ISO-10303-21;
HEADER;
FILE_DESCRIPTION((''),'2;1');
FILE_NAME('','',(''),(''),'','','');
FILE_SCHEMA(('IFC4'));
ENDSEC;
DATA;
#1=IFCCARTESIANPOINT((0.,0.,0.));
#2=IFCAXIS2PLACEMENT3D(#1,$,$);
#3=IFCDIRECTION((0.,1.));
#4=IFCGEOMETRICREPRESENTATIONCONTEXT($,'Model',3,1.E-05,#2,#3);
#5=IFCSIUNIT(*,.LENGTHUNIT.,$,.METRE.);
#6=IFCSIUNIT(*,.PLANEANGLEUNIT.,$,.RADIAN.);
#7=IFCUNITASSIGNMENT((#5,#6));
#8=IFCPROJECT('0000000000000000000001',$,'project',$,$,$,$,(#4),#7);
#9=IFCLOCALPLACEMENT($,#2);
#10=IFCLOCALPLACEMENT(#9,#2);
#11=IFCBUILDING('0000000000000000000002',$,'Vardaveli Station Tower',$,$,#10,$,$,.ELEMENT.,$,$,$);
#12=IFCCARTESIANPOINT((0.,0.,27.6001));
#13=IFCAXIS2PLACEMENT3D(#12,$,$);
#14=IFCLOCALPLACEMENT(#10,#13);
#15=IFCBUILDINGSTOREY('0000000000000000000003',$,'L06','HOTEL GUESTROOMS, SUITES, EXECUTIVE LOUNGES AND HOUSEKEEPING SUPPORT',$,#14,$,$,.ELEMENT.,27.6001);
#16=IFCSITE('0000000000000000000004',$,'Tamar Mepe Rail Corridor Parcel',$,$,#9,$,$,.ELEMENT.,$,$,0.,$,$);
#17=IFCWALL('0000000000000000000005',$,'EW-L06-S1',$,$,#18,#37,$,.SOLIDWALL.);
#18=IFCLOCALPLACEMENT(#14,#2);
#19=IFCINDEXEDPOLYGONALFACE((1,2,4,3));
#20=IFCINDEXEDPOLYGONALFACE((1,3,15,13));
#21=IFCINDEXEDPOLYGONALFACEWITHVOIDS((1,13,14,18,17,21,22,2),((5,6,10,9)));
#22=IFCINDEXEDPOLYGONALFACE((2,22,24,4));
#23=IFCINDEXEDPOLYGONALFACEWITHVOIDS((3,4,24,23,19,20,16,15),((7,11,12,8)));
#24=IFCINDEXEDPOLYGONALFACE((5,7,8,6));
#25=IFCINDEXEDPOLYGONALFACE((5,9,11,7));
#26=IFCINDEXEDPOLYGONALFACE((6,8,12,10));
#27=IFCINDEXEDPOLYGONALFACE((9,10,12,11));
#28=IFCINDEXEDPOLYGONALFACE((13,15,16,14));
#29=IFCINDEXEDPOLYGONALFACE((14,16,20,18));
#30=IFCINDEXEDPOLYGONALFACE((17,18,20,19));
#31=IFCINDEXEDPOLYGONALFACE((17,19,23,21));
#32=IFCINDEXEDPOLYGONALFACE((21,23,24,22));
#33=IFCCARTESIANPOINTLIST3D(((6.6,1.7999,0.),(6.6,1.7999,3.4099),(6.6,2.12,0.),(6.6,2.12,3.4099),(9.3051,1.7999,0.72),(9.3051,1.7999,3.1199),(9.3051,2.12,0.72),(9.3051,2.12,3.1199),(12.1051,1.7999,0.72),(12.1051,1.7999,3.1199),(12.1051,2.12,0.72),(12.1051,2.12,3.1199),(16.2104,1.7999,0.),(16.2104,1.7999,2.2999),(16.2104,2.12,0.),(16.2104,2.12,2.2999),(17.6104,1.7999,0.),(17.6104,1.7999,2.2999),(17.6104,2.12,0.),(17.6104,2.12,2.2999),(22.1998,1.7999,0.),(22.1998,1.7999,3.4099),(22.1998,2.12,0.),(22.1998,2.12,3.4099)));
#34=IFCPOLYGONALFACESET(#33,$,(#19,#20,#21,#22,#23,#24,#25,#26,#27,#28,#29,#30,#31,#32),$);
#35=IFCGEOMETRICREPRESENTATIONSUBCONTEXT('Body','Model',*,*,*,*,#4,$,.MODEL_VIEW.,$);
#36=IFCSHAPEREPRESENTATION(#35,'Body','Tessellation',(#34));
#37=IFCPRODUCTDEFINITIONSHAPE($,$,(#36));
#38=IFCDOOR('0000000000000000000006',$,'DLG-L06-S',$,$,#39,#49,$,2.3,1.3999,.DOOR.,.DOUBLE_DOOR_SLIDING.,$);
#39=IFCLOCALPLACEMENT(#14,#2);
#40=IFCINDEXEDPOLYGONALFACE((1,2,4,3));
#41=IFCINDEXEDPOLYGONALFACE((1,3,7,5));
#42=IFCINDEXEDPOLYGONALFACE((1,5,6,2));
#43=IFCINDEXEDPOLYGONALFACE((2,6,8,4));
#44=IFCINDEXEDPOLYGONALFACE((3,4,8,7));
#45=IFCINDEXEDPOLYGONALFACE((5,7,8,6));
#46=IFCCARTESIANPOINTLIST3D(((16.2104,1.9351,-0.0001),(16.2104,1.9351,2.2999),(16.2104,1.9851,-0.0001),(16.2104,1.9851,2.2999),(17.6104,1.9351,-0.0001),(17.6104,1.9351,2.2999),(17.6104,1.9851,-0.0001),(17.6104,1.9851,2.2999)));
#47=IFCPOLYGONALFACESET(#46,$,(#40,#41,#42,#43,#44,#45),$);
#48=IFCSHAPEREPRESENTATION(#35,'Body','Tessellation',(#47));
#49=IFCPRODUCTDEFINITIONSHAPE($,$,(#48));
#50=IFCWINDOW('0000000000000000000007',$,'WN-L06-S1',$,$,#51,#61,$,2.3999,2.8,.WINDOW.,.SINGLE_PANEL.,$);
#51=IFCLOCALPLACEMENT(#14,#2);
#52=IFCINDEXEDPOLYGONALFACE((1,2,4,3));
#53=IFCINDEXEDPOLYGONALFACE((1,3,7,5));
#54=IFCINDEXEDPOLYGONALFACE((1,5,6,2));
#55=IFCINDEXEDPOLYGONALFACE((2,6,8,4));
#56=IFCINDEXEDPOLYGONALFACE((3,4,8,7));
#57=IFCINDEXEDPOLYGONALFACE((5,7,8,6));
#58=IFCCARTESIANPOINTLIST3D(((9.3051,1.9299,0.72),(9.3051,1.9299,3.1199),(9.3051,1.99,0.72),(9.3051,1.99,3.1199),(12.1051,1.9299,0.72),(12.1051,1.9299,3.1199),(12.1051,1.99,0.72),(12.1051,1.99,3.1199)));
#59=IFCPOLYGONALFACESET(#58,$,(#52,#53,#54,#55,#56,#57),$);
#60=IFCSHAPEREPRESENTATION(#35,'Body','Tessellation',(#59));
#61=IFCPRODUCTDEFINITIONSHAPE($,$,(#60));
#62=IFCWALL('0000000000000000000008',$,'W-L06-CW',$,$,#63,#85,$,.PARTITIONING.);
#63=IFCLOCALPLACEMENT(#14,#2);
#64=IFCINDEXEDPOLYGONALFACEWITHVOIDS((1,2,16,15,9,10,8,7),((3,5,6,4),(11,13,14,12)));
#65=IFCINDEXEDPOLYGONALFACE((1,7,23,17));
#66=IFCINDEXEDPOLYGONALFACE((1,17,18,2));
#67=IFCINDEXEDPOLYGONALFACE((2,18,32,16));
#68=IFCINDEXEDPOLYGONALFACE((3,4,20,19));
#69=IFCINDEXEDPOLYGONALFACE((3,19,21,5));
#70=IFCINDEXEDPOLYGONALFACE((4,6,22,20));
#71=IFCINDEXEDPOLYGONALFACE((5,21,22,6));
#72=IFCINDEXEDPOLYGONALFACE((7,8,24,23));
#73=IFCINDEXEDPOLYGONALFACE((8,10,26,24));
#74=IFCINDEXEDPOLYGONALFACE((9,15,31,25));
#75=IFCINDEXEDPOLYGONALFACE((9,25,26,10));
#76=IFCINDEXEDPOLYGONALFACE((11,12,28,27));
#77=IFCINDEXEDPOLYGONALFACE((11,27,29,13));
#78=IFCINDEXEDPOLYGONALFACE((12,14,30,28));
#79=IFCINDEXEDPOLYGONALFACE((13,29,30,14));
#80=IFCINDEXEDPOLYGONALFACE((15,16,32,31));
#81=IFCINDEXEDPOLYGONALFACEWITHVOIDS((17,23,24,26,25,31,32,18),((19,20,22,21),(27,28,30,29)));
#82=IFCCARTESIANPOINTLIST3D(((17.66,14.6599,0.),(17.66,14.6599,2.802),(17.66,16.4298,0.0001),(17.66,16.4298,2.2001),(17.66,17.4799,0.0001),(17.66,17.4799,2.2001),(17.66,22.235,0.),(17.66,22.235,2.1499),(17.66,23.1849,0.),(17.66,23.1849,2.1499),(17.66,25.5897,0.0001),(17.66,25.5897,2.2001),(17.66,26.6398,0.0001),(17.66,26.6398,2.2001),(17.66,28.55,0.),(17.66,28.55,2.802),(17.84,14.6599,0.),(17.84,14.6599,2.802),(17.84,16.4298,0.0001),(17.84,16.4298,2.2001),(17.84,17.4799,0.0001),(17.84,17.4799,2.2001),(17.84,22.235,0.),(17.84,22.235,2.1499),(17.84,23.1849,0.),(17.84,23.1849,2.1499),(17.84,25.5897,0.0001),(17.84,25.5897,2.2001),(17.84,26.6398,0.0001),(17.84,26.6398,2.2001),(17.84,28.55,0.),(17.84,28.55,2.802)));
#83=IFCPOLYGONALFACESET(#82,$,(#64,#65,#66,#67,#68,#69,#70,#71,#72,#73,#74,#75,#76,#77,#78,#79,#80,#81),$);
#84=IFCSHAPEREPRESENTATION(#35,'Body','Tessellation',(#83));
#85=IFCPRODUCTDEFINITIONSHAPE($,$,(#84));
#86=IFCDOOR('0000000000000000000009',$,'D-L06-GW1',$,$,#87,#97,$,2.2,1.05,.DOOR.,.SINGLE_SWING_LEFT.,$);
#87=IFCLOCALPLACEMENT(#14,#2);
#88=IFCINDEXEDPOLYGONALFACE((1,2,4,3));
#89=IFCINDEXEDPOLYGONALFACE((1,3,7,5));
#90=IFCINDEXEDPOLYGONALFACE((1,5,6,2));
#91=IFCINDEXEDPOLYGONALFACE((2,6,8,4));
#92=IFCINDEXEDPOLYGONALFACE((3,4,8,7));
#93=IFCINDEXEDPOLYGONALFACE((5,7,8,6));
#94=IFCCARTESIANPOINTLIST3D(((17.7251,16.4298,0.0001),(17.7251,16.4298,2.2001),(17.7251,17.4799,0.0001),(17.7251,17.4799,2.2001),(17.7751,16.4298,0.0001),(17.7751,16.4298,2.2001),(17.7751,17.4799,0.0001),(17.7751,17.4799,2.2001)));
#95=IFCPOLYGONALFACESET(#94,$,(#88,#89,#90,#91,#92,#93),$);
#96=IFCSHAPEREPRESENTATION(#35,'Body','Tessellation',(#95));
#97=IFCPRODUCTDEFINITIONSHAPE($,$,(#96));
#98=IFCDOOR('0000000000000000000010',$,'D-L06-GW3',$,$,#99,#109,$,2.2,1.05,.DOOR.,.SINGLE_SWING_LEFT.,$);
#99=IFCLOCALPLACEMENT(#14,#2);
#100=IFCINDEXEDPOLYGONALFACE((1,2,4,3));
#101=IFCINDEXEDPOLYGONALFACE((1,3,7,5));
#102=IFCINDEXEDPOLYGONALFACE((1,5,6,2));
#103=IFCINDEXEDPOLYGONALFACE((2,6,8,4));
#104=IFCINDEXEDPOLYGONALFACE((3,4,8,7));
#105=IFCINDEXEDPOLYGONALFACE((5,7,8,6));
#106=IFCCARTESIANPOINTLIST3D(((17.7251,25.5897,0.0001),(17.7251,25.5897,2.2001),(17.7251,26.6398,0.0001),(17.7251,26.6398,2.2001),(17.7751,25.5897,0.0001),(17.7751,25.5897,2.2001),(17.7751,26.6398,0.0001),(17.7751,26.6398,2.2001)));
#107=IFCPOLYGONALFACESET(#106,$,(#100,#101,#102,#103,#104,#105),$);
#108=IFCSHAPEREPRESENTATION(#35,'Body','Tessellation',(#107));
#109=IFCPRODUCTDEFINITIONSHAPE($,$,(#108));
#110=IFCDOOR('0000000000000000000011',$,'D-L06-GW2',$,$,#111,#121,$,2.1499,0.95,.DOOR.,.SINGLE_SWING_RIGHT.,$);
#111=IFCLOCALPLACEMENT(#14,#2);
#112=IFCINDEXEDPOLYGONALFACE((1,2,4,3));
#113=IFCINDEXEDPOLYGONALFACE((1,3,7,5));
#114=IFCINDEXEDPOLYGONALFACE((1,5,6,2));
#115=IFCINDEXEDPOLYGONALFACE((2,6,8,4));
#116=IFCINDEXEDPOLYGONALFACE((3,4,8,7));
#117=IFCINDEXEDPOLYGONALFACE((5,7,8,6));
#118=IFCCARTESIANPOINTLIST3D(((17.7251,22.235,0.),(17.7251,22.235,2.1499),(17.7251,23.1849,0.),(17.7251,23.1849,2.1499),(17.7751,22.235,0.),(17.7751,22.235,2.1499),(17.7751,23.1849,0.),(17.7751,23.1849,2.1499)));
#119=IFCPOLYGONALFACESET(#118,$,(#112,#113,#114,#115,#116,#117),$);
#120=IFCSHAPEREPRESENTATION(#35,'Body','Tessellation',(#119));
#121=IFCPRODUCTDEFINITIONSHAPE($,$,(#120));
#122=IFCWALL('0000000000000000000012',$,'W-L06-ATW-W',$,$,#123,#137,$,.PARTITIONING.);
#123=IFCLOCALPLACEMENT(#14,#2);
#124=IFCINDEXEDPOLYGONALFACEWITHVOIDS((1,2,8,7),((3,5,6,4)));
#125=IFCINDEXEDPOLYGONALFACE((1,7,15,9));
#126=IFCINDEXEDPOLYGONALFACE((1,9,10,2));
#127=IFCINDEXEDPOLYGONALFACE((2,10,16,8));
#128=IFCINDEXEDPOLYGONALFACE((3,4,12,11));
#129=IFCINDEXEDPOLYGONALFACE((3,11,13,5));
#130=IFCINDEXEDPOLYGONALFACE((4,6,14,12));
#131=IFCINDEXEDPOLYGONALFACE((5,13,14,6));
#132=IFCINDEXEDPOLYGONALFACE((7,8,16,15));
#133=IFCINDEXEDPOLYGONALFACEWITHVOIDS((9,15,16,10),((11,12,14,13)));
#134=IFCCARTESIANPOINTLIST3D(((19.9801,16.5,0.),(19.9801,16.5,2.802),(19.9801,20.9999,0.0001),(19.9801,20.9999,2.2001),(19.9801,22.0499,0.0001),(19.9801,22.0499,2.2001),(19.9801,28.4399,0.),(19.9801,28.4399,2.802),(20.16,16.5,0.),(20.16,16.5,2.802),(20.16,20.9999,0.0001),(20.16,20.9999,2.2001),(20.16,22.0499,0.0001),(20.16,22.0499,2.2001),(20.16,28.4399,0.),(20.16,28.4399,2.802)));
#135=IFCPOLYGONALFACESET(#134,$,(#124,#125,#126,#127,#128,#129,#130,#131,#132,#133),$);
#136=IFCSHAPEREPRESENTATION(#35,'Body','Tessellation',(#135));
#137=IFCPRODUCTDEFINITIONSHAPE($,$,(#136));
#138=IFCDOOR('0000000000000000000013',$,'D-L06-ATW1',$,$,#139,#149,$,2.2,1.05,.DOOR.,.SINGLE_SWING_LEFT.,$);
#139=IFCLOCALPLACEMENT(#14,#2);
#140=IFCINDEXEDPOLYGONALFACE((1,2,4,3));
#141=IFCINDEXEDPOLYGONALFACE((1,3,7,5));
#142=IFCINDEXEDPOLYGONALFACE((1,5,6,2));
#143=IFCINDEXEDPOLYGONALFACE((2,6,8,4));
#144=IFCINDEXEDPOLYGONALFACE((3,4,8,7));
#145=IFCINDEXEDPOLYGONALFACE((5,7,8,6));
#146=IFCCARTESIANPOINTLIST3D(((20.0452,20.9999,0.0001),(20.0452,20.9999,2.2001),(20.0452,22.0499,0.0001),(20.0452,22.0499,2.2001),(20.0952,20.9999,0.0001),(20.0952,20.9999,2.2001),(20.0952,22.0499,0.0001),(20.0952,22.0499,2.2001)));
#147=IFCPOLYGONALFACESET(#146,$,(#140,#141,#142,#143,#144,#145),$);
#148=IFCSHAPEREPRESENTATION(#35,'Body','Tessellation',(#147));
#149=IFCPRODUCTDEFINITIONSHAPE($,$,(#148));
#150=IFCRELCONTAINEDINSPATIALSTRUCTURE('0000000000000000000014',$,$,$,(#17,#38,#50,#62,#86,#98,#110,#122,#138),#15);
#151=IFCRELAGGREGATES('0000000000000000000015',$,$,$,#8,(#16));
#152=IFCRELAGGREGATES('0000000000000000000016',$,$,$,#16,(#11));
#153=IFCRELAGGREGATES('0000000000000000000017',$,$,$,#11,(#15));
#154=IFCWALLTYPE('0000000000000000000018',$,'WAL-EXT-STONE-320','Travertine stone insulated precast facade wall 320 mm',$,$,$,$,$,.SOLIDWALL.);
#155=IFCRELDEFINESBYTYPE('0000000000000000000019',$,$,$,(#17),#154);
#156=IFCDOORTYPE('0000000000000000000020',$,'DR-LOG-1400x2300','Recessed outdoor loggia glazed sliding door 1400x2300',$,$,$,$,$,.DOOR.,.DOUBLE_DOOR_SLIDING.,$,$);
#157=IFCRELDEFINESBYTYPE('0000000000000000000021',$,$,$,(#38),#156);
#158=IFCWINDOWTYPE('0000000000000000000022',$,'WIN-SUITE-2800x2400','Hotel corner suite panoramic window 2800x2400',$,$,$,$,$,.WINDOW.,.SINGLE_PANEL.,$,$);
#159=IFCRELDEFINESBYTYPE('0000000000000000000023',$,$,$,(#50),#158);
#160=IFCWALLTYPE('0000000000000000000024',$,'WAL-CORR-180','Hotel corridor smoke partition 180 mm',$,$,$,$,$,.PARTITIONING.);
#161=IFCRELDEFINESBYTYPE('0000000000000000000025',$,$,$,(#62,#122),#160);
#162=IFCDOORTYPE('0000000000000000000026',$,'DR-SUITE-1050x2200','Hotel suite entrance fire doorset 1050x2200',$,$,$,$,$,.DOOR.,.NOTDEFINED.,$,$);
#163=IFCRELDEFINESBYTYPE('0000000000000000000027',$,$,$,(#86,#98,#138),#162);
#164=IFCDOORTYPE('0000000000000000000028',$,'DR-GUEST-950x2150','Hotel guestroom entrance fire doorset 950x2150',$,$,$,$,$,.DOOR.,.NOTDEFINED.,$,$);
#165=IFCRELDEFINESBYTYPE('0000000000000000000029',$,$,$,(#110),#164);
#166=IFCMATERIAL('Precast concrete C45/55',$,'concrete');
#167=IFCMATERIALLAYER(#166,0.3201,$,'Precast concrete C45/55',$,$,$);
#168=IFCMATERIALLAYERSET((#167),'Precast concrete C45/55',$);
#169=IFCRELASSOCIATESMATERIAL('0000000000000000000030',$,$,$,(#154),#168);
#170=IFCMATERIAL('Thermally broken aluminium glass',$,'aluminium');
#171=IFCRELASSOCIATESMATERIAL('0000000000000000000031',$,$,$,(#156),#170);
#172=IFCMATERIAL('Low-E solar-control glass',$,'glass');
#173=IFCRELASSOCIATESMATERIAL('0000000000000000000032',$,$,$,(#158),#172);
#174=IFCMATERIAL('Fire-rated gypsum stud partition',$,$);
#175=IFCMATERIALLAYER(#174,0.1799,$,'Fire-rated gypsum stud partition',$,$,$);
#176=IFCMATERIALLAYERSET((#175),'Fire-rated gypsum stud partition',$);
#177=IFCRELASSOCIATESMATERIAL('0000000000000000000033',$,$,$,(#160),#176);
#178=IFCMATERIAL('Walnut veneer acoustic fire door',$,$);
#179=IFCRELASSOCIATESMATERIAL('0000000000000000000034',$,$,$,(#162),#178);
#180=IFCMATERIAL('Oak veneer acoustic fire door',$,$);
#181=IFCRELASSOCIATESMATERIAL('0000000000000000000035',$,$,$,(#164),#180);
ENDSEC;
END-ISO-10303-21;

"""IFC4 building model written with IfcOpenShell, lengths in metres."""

from ifc_helpers import new_model, si_unit, direction, frame, frame_2d, origin, place, context, subcontext, project, spatial, rectangle, extrude, source, transform, mapped, material, layer, layer_set, type_object, element, fill, save


model = new_model("IFC4")

# Units and contexts
model_context = context("Model", 3, precision=1e-05, world=origin(), true_north=direction((0.0, 1.0)))
body_context = subcontext(model_context, "Body", "Model", "MODEL_VIEW")
ifc_project = project(units=[si_unit("LENGTHUNIT", "METRE"), si_unit("PLANEANGLEUNIT", "RADIAN")], contexts=[model_context])

# Site, building, storey
site_placement = place(None, origin())
site = spatial("IfcSite", under=ifc_project, at=site_placement, Name="Tamar Mepe Rail Corridor Parcel", CompositionType="ELEMENT", RefElevation=0.0)
building_placement = place(site_placement, origin())
building = spatial("IfcBuilding", under=site, at=building_placement, Name="Vardaveli Station Tower", CompositionType="ELEMENT")
storey_placement = place(building_placement, frame((0.0, 0.0, 27.6001)))
storey = spatial("IfcBuildingStorey", under=building, at=storey_placement, Name="L06", Description="HOTEL GUESTROOMS, SUITES, EXECUTIVE LOUNGES AND HOUSEKEEPING SUPPORT", CompositionType="ELEMENT", Elevation=27.6001)

# Shared definitions
ifc_material_1 = material(Name="Precast concrete C45/55", Category="concrete")

# Wall, openings, door, window
ifc_layer_1 = layer(ifc_material_1, 0.3201, Name="Precast concrete C45/55")
ifc_layer_set_1 = layer_set([ifc_layer_1], Name="Precast concrete C45/55")
wall_type_1 = type_object("IfcWallType", Name="WAL-EXT-STONE-320", Description="Travertine stone insulated precast facade wall 320 mm", PredefinedType="SOLIDWALL", material=ifc_layer_set_1)
shared_shape_1 = source(origin(), body_context, "Body", "SweptSolid", [
    extrude(rectangle(XDim=15.5999, YDim=0.3201, at=frame_2d((7.7998, 0.0))), origin(), (0.0, 0.0, 1.0), 3.4099),
])
wall_1_placement = place(storey_placement, frame((6.6001, 1.96, 0.0), z_axis=(0.0, 0.0, 1.0), x_axis=(1.0, 0.0, 0.0)))
wall_1 = element("IfcWall", 1, at=wall_1_placement, inside=storey, type_object=wall_type_1, Name="EW-L06-S1", PredefinedType="SOLIDWALL", context=body_context, shape_type="MappedRepresentation", body=[
    mapped(shared_shape_1, transform((0.0, 0.0, 0.0), scale=1.0)),
])
shared_shape_2 = source(origin(), body_context, "Body", "SweptSolid", [
    extrude(rectangle(XDim=1.3999, YDim=2.3, at=frame_2d((0.7, 1.1499))), frame((0.0, 0.1699, 0.0), z_axis=(0.0, -1.0, 0.0), x_axis=(1.0, 0.0, 0.0)), (0.0, 0.0, 1.0), 0.3401),
])
opening_1_placement = place(wall_1_placement, frame((9.6104, 0.0, 0.0)))
opening_1 = element("IfcOpeningElement", 2, at=opening_1_placement, cuts=wall_1, PredefinedType="OPENING", context=body_context, shape_type="MappedRepresentation", body=[
    mapped(shared_shape_2, transform((0.0, 0.0, 0.0), scale=1.0)),
])
shared_shape_3 = source(origin(), body_context, "Body", "SweptSolid", [
    extrude(rectangle(XDim=2.8, YDim=2.3999, at=frame_2d((1.3999, 1.2))), frame((0.0, 0.1699, 0.0), z_axis=(0.0, -1.0, 0.0), x_axis=(1.0, 0.0, 0.0)), (0.0, 0.0, 1.0), 0.3401),
])
opening_2_placement = place(wall_1_placement, frame((2.7051, 0.0, 0.72)))
opening_2 = element("IfcOpeningElement", 3, at=opening_2_placement, cuts=wall_1, PredefinedType="OPENING", context=body_context, shape_type="MappedRepresentation", body=[
    mapped(shared_shape_3, transform((0.0, 0.0, 0.0), scale=1.0)),
])
ifc_material_2 = material(Name="Thermally broken aluminium glass", Category="aluminium")
door_type_1 = type_object("IfcDoorType", Name="DR-LOG-1400x2300", Description="Recessed outdoor loggia glazed sliding door 1400x2300", OperationType="DOUBLE_DOOR_SLIDING", PredefinedType="DOOR", material=ifc_material_2)
shared_shape_4 = source(origin(), body_context, "Body", "SweptSolid", [
    extrude(rectangle(XDim=1.3999, YDim=2.3, at=frame_2d((0.7, 1.1499))), frame((0.0, 0.0249, 0.0), z_axis=(0.0, -1.0, 0.0), x_axis=(1.0, 0.0, 0.0)), (0.0, 0.0, 1.0), 0.05),
])
door_1_placement = place(opening_1_placement, frame((1.3999, 0.0, 0.0), z_axis=(0.0, 0.0, 1.0), x_axis=(-1.0, 0.0, 0.0)))
door_1 = element("IfcDoor", 4, at=door_1_placement, inside=storey, type_object=door_type_1, Name="DLG-L06-S", OperationType="DOUBLE_DOOR_SLIDING", OverallHeight=2.3, OverallWidth=1.3999, PredefinedType="DOOR", context=body_context, shape_type="MappedRepresentation", body=[
    mapped(shared_shape_4, transform((0.0, 0.0, 0.0), scale=1.0)),
])
fill(opening_1, door_1)
ifc_material_3 = material(Name="Low-E solar-control glass", Category="glass")
window_type = type_object("IfcWindowType", Name="WIN-SUITE-2800x2400", Description="Hotel corner suite panoramic window 2800x2400", PartitioningType="SINGLE_PANEL", PredefinedType="WINDOW", material=ifc_material_3)
shared_shape_5 = source(origin(), body_context, "Body", "SweptSolid", [
    extrude(rectangle(XDim=2.8, YDim=2.3999, at=frame_2d((1.3999, 1.2))), frame((0.0, 0.03, 0.0), z_axis=(0.0, -1.0, 0.0), x_axis=(1.0, 0.0, 0.0)), (0.0, 0.0, 1.0), 0.0601),
])
window_placement = place(opening_2_placement, origin())
window = element("IfcWindow", 5, at=window_placement, inside=storey, type_object=window_type, Name="WN-L06-S1", OverallHeight=2.3999, OverallWidth=2.8, PartitioningType="SINGLE_PANEL", PredefinedType="WINDOW", context=body_context, shape_type="MappedRepresentation", body=[
    mapped(shared_shape_5, transform((0.0, 0.0, 0.0), scale=1.0)),
])
fill(opening_2, window)

# Wall, openings, doors
ifc_material_4 = material(Name="Fire-rated gypsum stud partition")
ifc_layer_2 = layer(ifc_material_4, 0.1799, Name="Fire-rated gypsum stud partition")
ifc_layer_set_2 = layer_set([ifc_layer_2], Name="Fire-rated gypsum stud partition")
wall_type_2 = type_object("IfcWallType", Name="WAL-CORR-180", Description="Hotel corridor smoke partition 180 mm", PredefinedType="PARTITIONING", material=ifc_layer_set_2)
shared_shape_6 = source(origin(), body_context, "Body", "SweptSolid", [
    extrude(rectangle(XDim=13.8901, YDim=0.1799, at=frame_2d((6.9451, 0.0))), origin(), (0.0, 0.0, 1.0), 2.802),
])
wall_2_placement = place(storey_placement, frame((17.75, 14.6599, 0.0), z_axis=(0.0, 0.0, 1.0), x_axis=(0.0, 1.0, 0.0)))
wall_2 = element("IfcWall", 6, at=wall_2_placement, inside=storey, type_object=wall_type_2, Name="W-L06-CW", PredefinedType="PARTITIONING", context=body_context, shape_type="MappedRepresentation", body=[
    mapped(shared_shape_6, transform((0.0, 0.0, 0.0), scale=1.0)),
])
shared_shape_7 = source(origin(), body_context, "Body", "SweptSolid", [
    extrude(rectangle(XDim=1.05, YDim=2.2, at=frame_2d((0.5249, 1.1001))), frame((0.0, 0.1001, 0.0), z_axis=(0.0, -1.0, 0.0), x_axis=(1.0, 0.0, 0.0)), (0.0, 0.0, 1.0), 0.2),
])
opening_3_placement = place(wall_2_placement, frame((1.77, 0.0, 0.0)))
opening_3 = element("IfcOpeningElement", 7, at=opening_3_placement, cuts=wall_2, PredefinedType="OPENING", context=body_context, shape_type="MappedRepresentation", body=[
    mapped(shared_shape_7, transform((0.0, 0.0, 0.0), scale=1.0)),
])
shared_shape_8 = source(origin(), body_context, "Body", "SweptSolid", [
    extrude(rectangle(XDim=0.95, YDim=2.1499, at=frame_2d((0.4751, 1.075))), frame((0.0, 0.1001, 0.0), z_axis=(0.0, -1.0, 0.0), x_axis=(1.0, 0.0, 0.0)), (0.0, 0.0, 1.0), 0.2),
])
opening_4_placement = place(wall_2_placement, frame((7.575, 0.0, 0.0)))
opening_4 = element("IfcOpeningElement", 8, at=opening_4_placement, cuts=wall_2, PredefinedType="OPENING", context=body_context, shape_type="MappedRepresentation", body=[
    mapped(shared_shape_8, transform((0.0, 0.0, 0.0), scale=1.0)),
])
opening_5_placement = place(wall_2_placement, frame((10.9299, 0.0, 0.0)))
opening_5 = element("IfcOpeningElement", 9, at=opening_5_placement, cuts=wall_2, PredefinedType="OPENING", context=body_context, shape_type="MappedRepresentation", body=[
    mapped(shared_shape_7, transform((0.0, 0.0, 0.0), scale=1.0)),
])
ifc_material_5 = material(Name="Walnut veneer acoustic fire door")
door_type_2 = type_object("IfcDoorType", Name="DR-SUITE-1050x2200", Description="Hotel suite entrance fire doorset 1050x2200", OperationType="NOTDEFINED", PredefinedType="DOOR", material=ifc_material_5)
shared_shape_9 = source(origin(), body_context, "Body", "SweptSolid", [
    extrude(rectangle(XDim=1.05, YDim=2.2, at=frame_2d((0.5249, 1.1001))), frame((0.0, 0.0249, 0.0), z_axis=(0.0, -1.0, 0.0), x_axis=(1.0, 0.0, 0.0)), (0.0, 0.0, 1.0), 0.05),
])
door_2_placement = place(opening_3_placement, origin())
door_2 = element("IfcDoor", 10, at=door_2_placement, inside=storey, type_object=door_type_2, Name="D-L06-GW1", OperationType="SINGLE_SWING_LEFT", OverallHeight=2.2, OverallWidth=1.05, PredefinedType="DOOR", context=body_context, shape_type="MappedRepresentation", body=[
    mapped(shared_shape_9, transform((0.0, 0.0, 0.0), scale=1.0)),
])
fill(opening_3, door_2)
door_3_placement = place(opening_5_placement, origin())
door_3 = element("IfcDoor", 11, at=door_3_placement, inside=storey, type_object=door_type_2, Name="D-L06-GW3", OperationType="SINGLE_SWING_LEFT", OverallHeight=2.2, OverallWidth=1.05, PredefinedType="DOOR", context=body_context, shape_type="MappedRepresentation", body=[
    mapped(shared_shape_9, transform((0.0, 0.0, 0.0), scale=1.0)),
])
fill(opening_5, door_3)
ifc_material_6 = material(Name="Oak veneer acoustic fire door")
door_type_3 = type_object("IfcDoorType", Name="DR-GUEST-950x2150", Description="Hotel guestroom entrance fire doorset 950x2150", OperationType="NOTDEFINED", PredefinedType="DOOR", material=ifc_material_6)
shared_shape_10 = source(origin(), body_context, "Body", "SweptSolid", [
    extrude(rectangle(XDim=0.95, YDim=2.1499, at=frame_2d((0.4751, 1.075))), frame((0.0, 0.0249, 0.0), z_axis=(0.0, -1.0, 0.0), x_axis=(1.0, 0.0, 0.0)), (0.0, 0.0, 1.0), 0.05),
])
door_4_placement = place(opening_4_placement, origin())
door_4 = element("IfcDoor", 12, at=door_4_placement, inside=storey, type_object=door_type_3, Name="D-L06-GW2", OperationType="SINGLE_SWING_RIGHT", OverallHeight=2.1499, OverallWidth=0.95, PredefinedType="DOOR", context=body_context, shape_type="MappedRepresentation", body=[
    mapped(shared_shape_10, transform((0.0, 0.0, 0.0), scale=1.0)),
])
fill(opening_4, door_4)

# Wall, opening, door
shared_shape_11 = source(origin(), body_context, "Body", "SweptSolid", [
    extrude(rectangle(XDim=11.9399, YDim=0.1799, at=frame_2d((5.97, 0.0))), origin(), (0.0, 0.0, 1.0), 2.802),
])
wall_3_placement = place(storey_placement, frame((20.0701, 16.5, 0.0), z_axis=(0.0, 0.0, 1.0), x_axis=(0.0, 1.0, 0.0)))
wall_3 = element("IfcWall", 13, at=wall_3_placement, inside=storey, type_object=wall_type_2, Name="W-L06-ATW-W", PredefinedType="PARTITIONING", context=body_context, shape_type="MappedRepresentation", body=[
    mapped(shared_shape_11, transform((0.0, 0.0, 0.0), scale=1.0)),
])
opening_6_placement = place(wall_3_placement, frame((4.5, 0.0, 0.0)))
opening_6 = element("IfcOpeningElement", 14, at=opening_6_placement, cuts=wall_3, PredefinedType="OPENING", context=body_context, shape_type="MappedRepresentation", body=[
    mapped(shared_shape_7, transform((0.0, 0.0, 0.0), scale=1.0)),
])
door_5_placement = place(opening_6_placement, origin())
door_5 = element("IfcDoor", 15, at=door_5_placement, inside=storey, type_object=door_type_2, Name="D-L06-ATW1", OperationType="SINGLE_SWING_LEFT", OverallHeight=2.2, OverallWidth=1.05, PredefinedType="DOOR", context=body_context, shape_type="MappedRepresentation", body=[
    mapped(shared_shape_9, transform((0.0, 0.0, 0.0), scale=1.0)),
])
fill(opening_6, door_5)

save(model, "model.ifc")
